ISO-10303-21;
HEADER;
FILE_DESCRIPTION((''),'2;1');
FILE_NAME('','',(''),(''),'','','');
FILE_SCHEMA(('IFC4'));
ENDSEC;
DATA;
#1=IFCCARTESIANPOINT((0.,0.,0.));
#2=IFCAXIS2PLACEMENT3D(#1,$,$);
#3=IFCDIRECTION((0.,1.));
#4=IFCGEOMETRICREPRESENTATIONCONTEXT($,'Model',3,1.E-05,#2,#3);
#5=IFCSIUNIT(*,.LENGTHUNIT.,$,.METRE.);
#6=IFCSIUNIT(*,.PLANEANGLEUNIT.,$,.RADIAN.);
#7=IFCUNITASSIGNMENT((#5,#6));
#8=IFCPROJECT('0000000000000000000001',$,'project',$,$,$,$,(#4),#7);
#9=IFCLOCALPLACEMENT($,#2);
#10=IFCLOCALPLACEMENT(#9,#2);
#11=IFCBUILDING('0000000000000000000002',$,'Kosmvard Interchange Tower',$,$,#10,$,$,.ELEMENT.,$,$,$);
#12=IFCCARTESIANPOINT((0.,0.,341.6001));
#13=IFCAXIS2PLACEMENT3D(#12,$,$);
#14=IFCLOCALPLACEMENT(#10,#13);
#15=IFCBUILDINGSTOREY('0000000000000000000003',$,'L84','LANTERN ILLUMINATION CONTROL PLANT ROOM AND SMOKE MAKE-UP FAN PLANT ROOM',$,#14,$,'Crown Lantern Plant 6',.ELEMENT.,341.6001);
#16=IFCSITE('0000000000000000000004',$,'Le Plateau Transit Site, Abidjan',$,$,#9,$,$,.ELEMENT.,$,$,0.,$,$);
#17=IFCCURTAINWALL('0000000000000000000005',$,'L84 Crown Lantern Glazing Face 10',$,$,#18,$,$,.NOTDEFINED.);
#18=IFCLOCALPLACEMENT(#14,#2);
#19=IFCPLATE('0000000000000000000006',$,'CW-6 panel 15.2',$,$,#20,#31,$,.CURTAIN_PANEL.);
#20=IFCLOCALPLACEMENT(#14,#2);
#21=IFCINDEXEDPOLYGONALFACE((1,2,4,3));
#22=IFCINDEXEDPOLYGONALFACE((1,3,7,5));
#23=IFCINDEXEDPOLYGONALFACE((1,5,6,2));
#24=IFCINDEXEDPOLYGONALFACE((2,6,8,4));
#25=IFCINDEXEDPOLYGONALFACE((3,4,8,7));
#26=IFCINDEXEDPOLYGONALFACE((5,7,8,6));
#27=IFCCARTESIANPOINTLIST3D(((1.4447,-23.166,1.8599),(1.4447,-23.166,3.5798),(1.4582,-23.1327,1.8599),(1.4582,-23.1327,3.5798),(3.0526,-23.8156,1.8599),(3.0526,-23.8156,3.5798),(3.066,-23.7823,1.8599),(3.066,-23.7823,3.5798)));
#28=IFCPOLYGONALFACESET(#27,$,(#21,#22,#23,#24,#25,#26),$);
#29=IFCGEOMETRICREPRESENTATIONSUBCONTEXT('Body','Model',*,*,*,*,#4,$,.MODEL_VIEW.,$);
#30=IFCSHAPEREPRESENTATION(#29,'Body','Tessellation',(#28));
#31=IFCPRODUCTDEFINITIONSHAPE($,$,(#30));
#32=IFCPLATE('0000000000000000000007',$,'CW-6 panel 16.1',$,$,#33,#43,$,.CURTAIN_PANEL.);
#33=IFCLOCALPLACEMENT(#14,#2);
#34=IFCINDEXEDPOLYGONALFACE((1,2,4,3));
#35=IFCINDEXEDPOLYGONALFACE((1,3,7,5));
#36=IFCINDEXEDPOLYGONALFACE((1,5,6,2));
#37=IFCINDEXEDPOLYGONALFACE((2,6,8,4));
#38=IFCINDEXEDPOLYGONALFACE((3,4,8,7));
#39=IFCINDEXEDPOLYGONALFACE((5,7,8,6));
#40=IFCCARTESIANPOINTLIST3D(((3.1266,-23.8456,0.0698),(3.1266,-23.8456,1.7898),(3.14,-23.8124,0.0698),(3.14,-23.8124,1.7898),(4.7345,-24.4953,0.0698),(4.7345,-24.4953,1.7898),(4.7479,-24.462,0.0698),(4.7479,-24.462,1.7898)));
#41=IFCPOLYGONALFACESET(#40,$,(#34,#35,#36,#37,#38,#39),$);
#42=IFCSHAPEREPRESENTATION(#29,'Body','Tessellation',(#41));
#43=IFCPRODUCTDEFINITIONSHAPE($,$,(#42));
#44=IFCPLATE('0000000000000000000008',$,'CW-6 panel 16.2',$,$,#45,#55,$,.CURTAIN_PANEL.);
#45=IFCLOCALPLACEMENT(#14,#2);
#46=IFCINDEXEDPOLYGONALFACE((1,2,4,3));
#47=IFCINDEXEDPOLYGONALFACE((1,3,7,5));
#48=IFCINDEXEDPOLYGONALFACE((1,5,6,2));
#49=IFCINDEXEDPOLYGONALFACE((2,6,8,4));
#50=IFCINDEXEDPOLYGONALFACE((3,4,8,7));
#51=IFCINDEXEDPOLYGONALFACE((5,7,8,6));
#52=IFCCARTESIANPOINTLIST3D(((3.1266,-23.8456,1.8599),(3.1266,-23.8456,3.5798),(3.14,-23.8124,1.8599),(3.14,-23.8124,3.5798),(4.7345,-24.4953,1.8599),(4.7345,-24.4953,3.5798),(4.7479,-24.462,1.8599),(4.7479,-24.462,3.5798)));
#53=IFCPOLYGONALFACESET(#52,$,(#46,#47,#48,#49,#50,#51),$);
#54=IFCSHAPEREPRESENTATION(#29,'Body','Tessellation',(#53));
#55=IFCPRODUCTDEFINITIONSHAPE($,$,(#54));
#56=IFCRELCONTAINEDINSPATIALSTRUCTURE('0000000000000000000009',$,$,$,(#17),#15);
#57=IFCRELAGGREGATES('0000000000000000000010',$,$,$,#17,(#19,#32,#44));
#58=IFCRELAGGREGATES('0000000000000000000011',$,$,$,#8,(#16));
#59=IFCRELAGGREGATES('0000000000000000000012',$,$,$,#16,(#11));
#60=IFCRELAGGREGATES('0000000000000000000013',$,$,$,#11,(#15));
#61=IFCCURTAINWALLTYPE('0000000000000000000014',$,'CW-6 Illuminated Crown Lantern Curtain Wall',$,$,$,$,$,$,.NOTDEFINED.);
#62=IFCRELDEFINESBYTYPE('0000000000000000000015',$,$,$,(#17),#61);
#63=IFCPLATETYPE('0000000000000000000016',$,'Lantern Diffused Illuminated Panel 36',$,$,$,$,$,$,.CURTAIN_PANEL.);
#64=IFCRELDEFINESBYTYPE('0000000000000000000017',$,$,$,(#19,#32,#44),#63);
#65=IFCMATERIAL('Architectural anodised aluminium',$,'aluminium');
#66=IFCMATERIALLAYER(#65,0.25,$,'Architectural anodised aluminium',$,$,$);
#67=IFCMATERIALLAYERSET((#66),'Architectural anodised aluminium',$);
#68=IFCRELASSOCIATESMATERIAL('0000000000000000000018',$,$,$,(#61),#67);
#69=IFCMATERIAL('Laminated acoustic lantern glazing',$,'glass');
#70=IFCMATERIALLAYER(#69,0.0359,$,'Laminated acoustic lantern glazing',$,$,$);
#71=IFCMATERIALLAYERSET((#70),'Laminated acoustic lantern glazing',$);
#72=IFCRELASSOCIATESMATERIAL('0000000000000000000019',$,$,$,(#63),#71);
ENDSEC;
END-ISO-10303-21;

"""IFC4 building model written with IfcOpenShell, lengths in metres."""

from ifc_helpers import new_model, si_unit, direction, frame, origin, origin_2d, place, context, subcontext, project, spatial, rectangle, extrude, source, transform, mapped, material, layer, layer_set, type_object, element, aggregate, save


model = new_model("IFC4")

# Units and contexts
model_context = context("Model", 3, precision=1e-05, world=origin(), true_north=direction((0.0, 1.0)))
body_context = subcontext(model_context, "Body", "Model", "MODEL_VIEW")
ifc_project = project(units=[si_unit("LENGTHUNIT", "METRE"), si_unit("PLANEANGLEUNIT", "RADIAN")], contexts=[model_context])

# Site, building, storey
site_placement = place(None, origin())
site = spatial("IfcSite", under=ifc_project, at=site_placement, Name="Le Plateau Transit Site, Abidjan", CompositionType="ELEMENT", RefElevation=0.0)
building_placement = place(site_placement, origin())
building = spatial("IfcBuilding", under=site, at=building_placement, Name="Kosmvard Interchange Tower", CompositionType="ELEMENT")
storey_placement = place(building_placement, frame((0.0, 0.0, 341.6001)))
storey = spatial("IfcBuildingStorey", under=building, at=storey_placement, Name="L84", Description="LANTERN ILLUMINATION CONTROL PLANT ROOM AND SMOKE MAKE-UP FAN PLANT ROOM", LongName="Crown Lantern Plant 6", CompositionType="ELEMENT", Elevation=341.6001)

# Curtain wall
ifc_material_1 = material(Name="Architectural anodised aluminium", Category="aluminium")
ifc_layer_1 = layer(ifc_material_1, 0.25, Name="Architectural anodised aluminium")
ifc_layer_set_1 = layer_set([ifc_layer_1], Name="Architectural anodised aluminium")
curtain_wall_type = type_object("IfcCurtainWallType", Name="CW-6 Illuminated Crown Lantern Curtain Wall", PredefinedType="NOTDEFINED", material=ifc_layer_set_1)
curtain_wall_placement = place(storey_placement, origin())
curtain_wall = element("IfcCurtainWall", 1, at=curtain_wall_placement, inside=storey, type_object=curtain_wall_type, Name="L84 Crown Lantern Glazing Face 10", PredefinedType="NOTDEFINED")

# Plates
ifc_material_2 = material(Name="Laminated acoustic lantern glazing", Category="glass")
ifc_layer_2 = layer(ifc_material_2, 0.0359, Name="Laminated acoustic lantern glazing")
ifc_layer_set_2 = layer_set([ifc_layer_2], Name="Laminated acoustic lantern glazing")
plate_type_1 = type_object("IfcPlateType", Name="Lantern Diffused Illuminated Panel 36", PredefinedType="CURTAIN_PANEL", material=ifc_layer_set_2)
shared_shape_1 = source(origin(), body_context, "Body", "SweptSolid", [
    extrude(rectangle(XDim=1.7341, YDim=0.0359, at=origin_2d()), origin(), (0.0, 0.0, 1.0), 1.72),
])
plate_1_placement = place(storey_placement, frame((2.2554, -23.4741, 1.8599), z_axis=(0.0, 0.0, 1.0), x_axis=(0.927184, -0.374607, 0.0)))
plate_1 = element("IfcPlate", 2, at=plate_1_placement, type_object=plate_type_1, Name="CW-6 panel 15.2", PredefinedType="CURTAIN_PANEL", context=body_context, shape_type="MappedRepresentation", body=[
    mapped(shared_shape_1, transform((0.0, 0.0, 0.0), scale=1.0)),
])
plate_2_placement = place(storey_placement, frame((3.9373, -24.1538, 0.0698), z_axis=(0.0, 0.0, 1.0), x_axis=(0.927184, -0.374607, 0.0)))
plate_2 = element("IfcPlate", 3, at=plate_2_placement, type_object=plate_type_1, Name="CW-6 panel 16.1", PredefinedType="CURTAIN_PANEL", context=body_context, shape_type="MappedRepresentation", body=[
    mapped(shared_shape_1, transform((0.0, 0.0, 0.0), scale=1.0)),
])
plate_3_placement = place(storey_placement, frame((3.9373, -24.1538, 1.8599), z_axis=(0.0, 0.0, 1.0), x_axis=(0.927184, -0.374607, 0.0)))
plate_3 = element("IfcPlate", 4, at=plate_3_placement, type_object=plate_type_1, Name="CW-6 panel 16.2", PredefinedType="CURTAIN_PANEL", context=body_context, shape_type="MappedRepresentation", body=[
    mapped(shared_shape_1, transform((0.0, 0.0, 0.0), scale=1.0)),
])
aggregate(curtain_wall, [plate_1, plate_2, plate_3])

save(model, "model.ifc")
